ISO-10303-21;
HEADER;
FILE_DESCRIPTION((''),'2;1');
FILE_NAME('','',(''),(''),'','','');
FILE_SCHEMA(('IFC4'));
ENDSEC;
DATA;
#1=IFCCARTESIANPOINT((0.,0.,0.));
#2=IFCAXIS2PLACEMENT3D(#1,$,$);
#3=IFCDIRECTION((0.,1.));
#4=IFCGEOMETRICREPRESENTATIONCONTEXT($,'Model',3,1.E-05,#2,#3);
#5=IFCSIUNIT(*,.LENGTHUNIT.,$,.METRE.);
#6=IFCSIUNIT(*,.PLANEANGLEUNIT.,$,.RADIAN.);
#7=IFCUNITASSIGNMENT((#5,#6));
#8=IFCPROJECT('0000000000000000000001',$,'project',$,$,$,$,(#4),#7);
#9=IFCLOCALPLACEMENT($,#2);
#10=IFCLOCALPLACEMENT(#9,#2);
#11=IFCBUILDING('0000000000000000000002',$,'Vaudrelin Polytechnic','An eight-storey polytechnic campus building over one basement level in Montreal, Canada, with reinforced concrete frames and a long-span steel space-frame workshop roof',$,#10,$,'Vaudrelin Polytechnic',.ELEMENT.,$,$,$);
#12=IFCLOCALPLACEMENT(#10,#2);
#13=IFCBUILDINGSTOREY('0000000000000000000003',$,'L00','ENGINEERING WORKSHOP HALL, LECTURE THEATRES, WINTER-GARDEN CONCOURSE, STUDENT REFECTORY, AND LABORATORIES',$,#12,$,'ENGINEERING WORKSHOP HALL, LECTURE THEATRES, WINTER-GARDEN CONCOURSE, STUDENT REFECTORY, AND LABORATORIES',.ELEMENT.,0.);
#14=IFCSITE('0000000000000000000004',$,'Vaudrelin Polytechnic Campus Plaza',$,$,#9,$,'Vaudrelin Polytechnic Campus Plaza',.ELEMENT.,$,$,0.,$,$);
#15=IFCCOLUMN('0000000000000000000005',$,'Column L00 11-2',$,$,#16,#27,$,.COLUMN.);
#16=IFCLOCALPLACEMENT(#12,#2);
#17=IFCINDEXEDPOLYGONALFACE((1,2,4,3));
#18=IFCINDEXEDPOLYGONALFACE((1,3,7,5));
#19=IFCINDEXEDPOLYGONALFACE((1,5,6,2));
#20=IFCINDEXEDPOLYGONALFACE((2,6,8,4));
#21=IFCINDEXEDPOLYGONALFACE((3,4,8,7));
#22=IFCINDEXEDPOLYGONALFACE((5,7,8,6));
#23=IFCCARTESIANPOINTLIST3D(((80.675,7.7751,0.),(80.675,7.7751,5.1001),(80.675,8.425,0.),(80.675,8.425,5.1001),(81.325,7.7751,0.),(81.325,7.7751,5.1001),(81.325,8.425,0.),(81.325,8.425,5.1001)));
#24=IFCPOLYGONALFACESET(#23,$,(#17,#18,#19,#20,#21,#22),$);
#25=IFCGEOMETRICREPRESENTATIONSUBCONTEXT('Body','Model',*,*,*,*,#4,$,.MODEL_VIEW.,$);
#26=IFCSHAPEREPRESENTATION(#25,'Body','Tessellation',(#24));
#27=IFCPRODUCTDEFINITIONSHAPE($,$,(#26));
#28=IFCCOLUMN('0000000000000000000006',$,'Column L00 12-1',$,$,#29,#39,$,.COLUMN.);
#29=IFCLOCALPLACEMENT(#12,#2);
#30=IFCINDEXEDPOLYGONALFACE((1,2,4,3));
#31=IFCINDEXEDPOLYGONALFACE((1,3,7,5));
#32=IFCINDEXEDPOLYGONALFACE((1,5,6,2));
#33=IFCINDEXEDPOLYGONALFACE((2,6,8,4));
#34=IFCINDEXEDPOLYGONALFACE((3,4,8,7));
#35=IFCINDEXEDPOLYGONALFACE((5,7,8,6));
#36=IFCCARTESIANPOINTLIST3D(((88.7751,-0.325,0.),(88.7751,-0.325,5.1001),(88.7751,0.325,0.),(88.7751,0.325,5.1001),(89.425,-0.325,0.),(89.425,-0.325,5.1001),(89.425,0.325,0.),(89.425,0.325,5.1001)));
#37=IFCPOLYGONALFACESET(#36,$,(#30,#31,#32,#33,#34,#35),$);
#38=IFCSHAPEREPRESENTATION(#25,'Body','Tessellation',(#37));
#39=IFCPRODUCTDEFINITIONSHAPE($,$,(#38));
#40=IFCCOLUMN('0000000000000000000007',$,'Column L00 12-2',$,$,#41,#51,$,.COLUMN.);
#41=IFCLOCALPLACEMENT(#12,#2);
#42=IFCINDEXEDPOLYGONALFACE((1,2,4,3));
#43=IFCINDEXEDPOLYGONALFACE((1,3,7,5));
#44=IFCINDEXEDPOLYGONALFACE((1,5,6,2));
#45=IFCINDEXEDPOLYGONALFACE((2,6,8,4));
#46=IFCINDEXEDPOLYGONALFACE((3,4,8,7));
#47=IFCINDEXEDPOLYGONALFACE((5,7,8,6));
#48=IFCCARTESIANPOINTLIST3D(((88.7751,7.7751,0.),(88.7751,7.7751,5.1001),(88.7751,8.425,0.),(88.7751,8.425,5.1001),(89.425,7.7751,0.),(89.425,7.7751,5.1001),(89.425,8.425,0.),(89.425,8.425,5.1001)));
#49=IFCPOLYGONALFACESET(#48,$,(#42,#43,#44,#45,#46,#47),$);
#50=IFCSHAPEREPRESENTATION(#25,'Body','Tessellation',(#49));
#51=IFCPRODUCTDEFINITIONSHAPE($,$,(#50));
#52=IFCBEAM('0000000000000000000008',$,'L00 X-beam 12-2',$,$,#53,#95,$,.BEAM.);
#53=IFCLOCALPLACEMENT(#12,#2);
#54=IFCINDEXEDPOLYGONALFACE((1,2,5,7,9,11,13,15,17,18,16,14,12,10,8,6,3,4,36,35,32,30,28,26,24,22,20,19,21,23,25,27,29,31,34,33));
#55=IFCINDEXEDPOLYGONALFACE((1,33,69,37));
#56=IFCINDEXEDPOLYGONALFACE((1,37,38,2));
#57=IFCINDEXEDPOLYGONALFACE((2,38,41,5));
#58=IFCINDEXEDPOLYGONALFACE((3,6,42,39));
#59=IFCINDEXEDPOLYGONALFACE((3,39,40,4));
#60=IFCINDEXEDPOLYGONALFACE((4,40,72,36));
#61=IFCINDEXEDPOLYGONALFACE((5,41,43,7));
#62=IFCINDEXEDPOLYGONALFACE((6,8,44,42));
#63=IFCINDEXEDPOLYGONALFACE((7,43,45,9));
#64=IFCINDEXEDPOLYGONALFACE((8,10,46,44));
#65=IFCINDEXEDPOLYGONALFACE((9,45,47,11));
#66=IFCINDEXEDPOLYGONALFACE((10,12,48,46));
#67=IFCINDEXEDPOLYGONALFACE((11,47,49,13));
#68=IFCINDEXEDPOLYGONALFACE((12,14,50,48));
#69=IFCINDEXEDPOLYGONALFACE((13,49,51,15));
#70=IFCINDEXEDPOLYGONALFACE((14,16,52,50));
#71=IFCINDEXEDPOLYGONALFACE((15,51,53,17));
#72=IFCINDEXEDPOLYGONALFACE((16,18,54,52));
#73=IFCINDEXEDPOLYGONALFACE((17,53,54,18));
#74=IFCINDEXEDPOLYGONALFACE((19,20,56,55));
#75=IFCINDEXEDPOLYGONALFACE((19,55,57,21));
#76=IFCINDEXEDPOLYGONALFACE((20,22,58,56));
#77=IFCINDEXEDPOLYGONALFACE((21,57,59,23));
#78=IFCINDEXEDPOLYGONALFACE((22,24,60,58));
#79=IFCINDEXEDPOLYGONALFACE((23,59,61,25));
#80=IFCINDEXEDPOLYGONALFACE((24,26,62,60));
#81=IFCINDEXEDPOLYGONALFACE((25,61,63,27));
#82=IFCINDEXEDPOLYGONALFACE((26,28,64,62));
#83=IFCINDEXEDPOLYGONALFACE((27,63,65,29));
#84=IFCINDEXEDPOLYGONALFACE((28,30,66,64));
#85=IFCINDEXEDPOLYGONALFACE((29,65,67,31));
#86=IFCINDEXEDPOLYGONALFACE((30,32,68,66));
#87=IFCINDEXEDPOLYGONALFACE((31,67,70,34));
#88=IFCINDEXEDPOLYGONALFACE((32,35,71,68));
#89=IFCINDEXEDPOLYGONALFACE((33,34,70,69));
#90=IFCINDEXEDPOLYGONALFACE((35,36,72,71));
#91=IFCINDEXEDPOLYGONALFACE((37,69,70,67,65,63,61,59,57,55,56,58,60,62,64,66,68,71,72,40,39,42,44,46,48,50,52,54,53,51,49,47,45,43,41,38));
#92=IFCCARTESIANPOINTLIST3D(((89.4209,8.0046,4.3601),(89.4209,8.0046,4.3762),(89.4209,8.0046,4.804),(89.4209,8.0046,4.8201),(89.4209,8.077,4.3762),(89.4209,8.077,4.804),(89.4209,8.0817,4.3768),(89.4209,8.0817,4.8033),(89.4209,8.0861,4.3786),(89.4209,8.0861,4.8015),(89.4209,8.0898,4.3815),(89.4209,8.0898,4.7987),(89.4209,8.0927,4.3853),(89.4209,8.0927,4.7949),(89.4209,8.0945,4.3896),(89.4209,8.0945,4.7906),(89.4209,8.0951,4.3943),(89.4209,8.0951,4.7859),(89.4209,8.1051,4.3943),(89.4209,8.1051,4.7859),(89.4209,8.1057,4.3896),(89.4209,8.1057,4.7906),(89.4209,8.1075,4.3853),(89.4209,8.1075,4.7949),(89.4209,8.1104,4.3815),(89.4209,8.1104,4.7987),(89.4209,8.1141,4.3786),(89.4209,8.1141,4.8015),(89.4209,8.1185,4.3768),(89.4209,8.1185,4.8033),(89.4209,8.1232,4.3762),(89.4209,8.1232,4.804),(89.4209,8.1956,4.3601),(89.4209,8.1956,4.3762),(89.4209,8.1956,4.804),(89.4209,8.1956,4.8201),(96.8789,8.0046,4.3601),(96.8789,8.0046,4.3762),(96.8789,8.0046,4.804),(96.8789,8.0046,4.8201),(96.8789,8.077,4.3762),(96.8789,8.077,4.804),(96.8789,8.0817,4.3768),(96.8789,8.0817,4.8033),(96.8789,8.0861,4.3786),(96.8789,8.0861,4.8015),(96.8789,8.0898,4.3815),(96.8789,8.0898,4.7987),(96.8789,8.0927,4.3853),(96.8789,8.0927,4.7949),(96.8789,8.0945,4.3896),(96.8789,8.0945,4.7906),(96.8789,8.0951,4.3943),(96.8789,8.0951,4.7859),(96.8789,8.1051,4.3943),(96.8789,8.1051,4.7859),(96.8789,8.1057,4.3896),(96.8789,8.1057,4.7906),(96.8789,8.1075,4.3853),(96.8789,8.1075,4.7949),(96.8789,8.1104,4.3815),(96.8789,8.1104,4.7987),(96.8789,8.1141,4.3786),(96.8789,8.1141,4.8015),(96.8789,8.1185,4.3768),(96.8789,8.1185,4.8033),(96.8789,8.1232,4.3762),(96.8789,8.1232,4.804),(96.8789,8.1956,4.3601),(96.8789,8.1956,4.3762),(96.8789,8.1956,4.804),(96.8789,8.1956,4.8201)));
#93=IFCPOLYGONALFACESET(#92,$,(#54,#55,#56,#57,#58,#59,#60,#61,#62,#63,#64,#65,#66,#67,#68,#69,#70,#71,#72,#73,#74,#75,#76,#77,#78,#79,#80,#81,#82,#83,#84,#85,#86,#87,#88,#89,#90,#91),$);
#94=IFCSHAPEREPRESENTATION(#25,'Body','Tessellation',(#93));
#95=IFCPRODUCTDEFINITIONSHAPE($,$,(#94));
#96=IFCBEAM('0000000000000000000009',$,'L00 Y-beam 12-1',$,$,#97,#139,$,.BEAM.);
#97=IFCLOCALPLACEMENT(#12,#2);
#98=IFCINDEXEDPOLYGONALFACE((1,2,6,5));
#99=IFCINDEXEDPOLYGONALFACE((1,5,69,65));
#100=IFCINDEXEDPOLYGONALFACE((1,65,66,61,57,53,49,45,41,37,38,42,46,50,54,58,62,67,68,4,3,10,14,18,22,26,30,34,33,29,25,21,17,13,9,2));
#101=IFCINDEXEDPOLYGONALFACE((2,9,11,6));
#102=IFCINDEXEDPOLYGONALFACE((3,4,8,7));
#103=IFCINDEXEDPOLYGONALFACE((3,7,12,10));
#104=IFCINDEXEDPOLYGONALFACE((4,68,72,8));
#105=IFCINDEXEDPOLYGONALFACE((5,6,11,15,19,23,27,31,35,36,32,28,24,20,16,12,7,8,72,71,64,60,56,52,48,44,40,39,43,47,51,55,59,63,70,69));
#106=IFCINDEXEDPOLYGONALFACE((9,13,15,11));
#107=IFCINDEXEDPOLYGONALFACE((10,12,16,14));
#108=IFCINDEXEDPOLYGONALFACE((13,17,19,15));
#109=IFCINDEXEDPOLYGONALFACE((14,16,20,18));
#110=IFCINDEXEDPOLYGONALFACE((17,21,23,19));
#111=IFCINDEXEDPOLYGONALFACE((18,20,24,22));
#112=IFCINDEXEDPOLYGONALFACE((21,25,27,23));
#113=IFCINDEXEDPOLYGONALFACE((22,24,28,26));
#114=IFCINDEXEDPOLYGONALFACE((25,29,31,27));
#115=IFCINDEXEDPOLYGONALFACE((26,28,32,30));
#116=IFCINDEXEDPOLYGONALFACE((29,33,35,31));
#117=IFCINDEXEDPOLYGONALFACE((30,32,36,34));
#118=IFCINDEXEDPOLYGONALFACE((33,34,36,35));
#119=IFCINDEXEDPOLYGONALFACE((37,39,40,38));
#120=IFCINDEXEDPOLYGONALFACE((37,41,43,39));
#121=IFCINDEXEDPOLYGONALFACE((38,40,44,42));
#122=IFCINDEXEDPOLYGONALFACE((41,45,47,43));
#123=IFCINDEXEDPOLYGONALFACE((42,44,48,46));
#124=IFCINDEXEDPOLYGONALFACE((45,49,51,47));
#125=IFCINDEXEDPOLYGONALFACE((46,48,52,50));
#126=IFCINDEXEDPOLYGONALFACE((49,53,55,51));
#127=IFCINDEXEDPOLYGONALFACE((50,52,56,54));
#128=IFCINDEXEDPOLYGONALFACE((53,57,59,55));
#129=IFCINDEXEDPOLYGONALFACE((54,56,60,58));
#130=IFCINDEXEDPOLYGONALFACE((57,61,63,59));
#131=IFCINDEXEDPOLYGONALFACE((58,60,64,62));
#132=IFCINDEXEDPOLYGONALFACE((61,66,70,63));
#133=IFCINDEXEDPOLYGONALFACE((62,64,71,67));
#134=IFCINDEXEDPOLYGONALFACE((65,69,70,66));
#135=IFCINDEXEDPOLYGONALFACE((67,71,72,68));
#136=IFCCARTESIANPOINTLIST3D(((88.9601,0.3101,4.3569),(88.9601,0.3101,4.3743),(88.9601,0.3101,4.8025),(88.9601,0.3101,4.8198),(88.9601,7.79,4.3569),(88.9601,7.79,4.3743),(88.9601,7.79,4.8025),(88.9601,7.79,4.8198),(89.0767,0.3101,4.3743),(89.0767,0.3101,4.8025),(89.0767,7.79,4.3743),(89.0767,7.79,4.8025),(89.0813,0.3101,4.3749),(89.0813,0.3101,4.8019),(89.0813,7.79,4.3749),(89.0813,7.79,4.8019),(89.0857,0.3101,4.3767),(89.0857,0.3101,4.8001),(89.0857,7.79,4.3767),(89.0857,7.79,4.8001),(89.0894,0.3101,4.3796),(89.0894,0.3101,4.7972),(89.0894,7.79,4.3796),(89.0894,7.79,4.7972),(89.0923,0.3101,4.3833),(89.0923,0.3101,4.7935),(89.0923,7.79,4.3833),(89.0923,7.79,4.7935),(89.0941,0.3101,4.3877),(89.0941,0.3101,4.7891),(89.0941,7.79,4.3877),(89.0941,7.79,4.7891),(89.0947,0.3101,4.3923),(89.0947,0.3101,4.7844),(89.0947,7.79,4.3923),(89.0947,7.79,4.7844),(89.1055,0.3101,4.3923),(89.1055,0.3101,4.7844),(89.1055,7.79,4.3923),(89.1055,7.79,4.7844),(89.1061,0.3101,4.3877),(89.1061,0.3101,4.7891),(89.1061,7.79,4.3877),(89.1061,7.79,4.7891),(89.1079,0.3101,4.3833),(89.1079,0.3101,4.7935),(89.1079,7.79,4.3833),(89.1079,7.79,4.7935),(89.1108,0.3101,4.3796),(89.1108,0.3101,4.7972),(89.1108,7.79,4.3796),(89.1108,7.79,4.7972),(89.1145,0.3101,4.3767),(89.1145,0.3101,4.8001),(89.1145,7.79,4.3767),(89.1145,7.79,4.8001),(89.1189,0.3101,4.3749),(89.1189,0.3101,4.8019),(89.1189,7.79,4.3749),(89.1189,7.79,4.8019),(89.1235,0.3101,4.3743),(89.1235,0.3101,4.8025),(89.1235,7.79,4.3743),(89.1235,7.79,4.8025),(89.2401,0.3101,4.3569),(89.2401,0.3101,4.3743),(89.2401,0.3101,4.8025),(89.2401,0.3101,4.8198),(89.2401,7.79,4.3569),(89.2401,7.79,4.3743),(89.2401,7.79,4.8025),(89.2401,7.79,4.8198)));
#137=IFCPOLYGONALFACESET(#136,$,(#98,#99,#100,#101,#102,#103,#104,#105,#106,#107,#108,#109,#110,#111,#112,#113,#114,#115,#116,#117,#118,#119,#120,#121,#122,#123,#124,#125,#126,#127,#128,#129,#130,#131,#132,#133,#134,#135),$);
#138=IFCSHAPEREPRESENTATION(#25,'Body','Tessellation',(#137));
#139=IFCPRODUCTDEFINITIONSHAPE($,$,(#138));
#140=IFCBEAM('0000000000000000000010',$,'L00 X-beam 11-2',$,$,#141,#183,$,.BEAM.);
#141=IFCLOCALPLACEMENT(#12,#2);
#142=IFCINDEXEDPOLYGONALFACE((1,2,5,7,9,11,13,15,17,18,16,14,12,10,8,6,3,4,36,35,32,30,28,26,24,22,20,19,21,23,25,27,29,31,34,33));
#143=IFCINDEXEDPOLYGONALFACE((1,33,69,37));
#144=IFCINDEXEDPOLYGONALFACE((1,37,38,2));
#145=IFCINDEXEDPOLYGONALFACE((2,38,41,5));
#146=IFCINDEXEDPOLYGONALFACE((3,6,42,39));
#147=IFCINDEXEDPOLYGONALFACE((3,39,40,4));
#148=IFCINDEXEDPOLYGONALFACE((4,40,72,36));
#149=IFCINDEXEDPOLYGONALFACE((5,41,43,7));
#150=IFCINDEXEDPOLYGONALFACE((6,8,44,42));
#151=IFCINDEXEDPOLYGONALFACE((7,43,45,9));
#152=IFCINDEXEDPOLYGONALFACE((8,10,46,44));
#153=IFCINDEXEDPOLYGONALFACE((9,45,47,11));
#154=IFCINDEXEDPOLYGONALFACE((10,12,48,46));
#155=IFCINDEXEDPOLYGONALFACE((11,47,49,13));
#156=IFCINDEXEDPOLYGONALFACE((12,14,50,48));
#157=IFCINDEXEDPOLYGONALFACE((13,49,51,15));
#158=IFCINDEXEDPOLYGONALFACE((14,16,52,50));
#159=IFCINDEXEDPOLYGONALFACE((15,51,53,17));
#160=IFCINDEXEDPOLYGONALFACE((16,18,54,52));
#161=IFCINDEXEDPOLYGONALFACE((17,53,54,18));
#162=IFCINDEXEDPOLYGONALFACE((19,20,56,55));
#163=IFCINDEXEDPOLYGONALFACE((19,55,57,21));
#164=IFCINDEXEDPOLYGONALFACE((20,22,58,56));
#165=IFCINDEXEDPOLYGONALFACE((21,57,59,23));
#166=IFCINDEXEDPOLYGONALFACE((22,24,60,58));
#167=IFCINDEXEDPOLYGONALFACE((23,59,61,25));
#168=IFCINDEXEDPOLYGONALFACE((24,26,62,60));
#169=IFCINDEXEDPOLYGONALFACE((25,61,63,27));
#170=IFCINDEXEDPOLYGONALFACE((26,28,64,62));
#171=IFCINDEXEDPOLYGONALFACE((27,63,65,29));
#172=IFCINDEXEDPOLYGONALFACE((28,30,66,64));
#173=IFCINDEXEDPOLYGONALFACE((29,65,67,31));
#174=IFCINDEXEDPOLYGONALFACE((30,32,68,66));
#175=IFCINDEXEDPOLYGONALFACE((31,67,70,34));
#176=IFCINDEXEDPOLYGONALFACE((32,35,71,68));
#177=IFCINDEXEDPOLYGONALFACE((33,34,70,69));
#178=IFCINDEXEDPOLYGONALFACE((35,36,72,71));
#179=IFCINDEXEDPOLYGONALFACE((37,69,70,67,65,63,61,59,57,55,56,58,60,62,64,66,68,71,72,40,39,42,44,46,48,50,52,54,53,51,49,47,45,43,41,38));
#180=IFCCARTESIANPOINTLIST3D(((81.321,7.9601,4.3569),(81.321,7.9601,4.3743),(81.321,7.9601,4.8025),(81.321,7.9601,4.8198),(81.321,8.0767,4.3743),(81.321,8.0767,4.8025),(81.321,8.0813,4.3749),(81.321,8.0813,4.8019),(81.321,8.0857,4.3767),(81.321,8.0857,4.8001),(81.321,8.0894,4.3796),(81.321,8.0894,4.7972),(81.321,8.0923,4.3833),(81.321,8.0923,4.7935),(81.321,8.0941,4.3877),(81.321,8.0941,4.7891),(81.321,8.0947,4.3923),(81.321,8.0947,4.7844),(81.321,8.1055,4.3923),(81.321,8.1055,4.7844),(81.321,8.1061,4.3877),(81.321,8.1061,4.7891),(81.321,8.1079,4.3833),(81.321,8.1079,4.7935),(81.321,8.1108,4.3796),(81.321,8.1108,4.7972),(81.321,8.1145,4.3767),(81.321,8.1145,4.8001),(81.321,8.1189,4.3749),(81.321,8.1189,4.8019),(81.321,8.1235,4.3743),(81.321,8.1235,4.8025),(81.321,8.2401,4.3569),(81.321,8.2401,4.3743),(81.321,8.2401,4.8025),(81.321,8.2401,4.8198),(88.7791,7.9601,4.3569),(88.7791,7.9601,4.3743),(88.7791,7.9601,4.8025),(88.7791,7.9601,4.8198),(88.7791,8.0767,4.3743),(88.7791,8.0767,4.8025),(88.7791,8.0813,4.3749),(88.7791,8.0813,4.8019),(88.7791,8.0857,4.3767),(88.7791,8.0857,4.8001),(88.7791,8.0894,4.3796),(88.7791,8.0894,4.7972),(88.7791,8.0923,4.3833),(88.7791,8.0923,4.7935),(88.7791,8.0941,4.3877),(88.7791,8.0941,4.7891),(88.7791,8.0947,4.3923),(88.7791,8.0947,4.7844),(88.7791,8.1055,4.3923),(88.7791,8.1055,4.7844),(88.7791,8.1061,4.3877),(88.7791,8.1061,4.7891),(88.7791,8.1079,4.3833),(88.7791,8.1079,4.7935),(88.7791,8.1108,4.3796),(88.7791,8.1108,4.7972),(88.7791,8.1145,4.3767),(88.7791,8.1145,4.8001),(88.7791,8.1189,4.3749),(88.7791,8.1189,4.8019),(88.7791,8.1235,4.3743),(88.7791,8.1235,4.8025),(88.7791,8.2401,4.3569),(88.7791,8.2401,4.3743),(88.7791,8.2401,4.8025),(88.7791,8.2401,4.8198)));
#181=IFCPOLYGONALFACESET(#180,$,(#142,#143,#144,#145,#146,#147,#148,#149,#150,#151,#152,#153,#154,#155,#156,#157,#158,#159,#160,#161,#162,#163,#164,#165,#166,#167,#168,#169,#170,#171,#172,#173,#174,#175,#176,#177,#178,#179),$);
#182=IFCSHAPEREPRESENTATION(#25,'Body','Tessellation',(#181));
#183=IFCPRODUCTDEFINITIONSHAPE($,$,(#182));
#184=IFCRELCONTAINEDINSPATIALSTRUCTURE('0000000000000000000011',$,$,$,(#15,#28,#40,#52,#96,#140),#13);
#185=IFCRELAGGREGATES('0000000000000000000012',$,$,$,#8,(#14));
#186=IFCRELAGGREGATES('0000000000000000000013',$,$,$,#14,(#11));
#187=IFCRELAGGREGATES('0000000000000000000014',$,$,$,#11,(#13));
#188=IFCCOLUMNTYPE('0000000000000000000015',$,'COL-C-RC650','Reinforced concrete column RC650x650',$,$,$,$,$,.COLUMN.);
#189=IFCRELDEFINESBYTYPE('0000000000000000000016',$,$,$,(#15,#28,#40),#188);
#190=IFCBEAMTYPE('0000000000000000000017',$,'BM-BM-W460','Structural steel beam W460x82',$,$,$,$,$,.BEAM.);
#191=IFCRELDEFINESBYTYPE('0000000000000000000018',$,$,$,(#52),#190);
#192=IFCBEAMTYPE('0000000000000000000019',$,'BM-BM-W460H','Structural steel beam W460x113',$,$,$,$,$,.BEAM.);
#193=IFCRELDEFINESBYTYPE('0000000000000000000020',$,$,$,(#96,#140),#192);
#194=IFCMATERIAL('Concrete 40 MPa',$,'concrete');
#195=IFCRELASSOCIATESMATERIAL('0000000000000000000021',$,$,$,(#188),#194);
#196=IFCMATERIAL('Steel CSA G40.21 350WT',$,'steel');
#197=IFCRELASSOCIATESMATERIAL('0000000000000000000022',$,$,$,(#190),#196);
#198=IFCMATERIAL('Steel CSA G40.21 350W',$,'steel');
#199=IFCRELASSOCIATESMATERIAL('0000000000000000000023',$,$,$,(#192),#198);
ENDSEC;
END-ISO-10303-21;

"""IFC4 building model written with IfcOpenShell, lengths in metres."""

from ifc_helpers import new_model, si_unit, direction, frame, origin, origin_2d, place, context, subcontext, project, spatial, rectangle, i_section, extrude, material, material_profile, profile_set, type_object, element, save


model = new_model("IFC4")

# Units and contexts
model_context = context("Model", 3, precision=1e-05, world=origin(), true_north=direction((0.0, 1.0)))
body_context = subcontext(model_context, "Body", "Model", "MODEL_VIEW")
ifc_project = project(units=[si_unit("LENGTHUNIT", "METRE"), si_unit("PLANEANGLEUNIT", "RADIAN")], contexts=[model_context])

# Site, building, storey
site_placement = place(None, origin())
site = spatial("IfcSite", under=ifc_project, at=site_placement, Name="Vaudrelin Polytechnic Campus Plaza", LongName="Vaudrelin Polytechnic Campus Plaza", CompositionType="ELEMENT", RefElevation=0.0)
building_placement = place(site_placement, origin())
building = spatial("IfcBuilding", under=site, at=building_placement, Name="Vaudrelin Polytechnic", Description="An eight-storey polytechnic campus building over one basement level in Montreal, Canada, with reinforced concrete frames and a long-span steel space-frame workshop roof", LongName="Vaudrelin Polytechnic", CompositionType="ELEMENT")
storey_placement = place(building_placement, origin())
storey = spatial("IfcBuildingStorey", under=building, at=storey_placement, Name="L00", Description="ENGINEERING WORKSHOP HALL, LECTURE THEATRES, WINTER-GARDEN CONCOURSE, STUDENT REFECTORY, AND LABORATORIES", LongName="ENGINEERING WORKSHOP HALL, LECTURE THEATRES, WINTER-GARDEN CONCOURSE, STUDENT REFECTORY, AND LABORATORIES", CompositionType="ELEMENT", Elevation=0.0)

# Columns
ifc_material_1 = material(Name="Concrete 40 MPa", Category="concrete")
ifc_material_profile_1 = material_profile(ifc_material_1, rectangle(XDim=0.6499, YDim=0.6499, at=origin_2d()), Name="RC650x650")
ifc_profile_set_1 = profile_set([ifc_material_profile_1], Name="Concrete 40 MPa")
column_type = type_object("IfcColumnType", Name="COL-C-RC650", Description="Reinforced concrete column RC650x650", PredefinedType="COLUMN", material=ifc_profile_set_1)
for number, where, z_axis, x_axis, name in (
    (1, (81.0, 8.1001, 0.0), (0.0, 0.0, 1.0), (1.0, 0.0, 0.0), "Column L00 11-2"),
    (2, (89.1001, 0.0, 0.0), (0.0, 0.0, 1.0), (1.0, 0.0, 0.0), "Column L00 12-1"),
    (3, (89.1001, 8.1001, 0.0), (0.0, 0.0, 1.0), (1.0, 0.0, 0.0), "Column L00 12-2"),
):
    element("IfcColumn", number, at=place(storey_placement, frame(where, z_axis=z_axis, x_axis=x_axis)), inside=storey, type_object=column_type, Name=name, PredefinedType="COLUMN", context=body_context, shape_type="SweptSolid", body=[
        extrude(rectangle(XDim=0.6499, YDim=0.6499, at=origin_2d()), origin(), (0.0, 0.0, 1.0), 5.1001),
    ])

# Beams
ifc_material_2 = material(Name="Steel CSA G40.21 350WT", Category="steel")
ifc_material_profile_2 = material_profile(ifc_material_2, i_section(OverallWidth=0.1909, OverallDepth=0.46, WebThickness=0.01, FlangeThickness=0.0161, FilletRadius=0.0181, at=origin_2d()), Name="W460x82")
ifc_profile_set_2 = profile_set([ifc_material_profile_2], Name="Steel CSA G40.21 350WT")
beam_type_1 = type_object("IfcBeamType", Name="BM-BM-W460", Description="Structural steel beam W460x82", PredefinedType="BEAM", material=ifc_profile_set_2)
beam_1_placement = place(storey_placement, frame((89.4209, 8.1001, 4.5901), z_axis=(1.0, 0.0, 0.0), x_axis=(0.0, 1.0, 0.0)))
element("IfcBeam", 4, at=beam_1_placement, inside=storey, type_object=beam_type_1, Name="L00 X-beam 12-2", PredefinedType="BEAM", context=body_context, shape_type="SweptSolid", body=[
    extrude(i_section(OverallWidth=0.1909, OverallDepth=0.46, WebThickness=0.01, FlangeThickness=0.0161, FilletRadius=0.0181, at=origin_2d()), origin(), (0.0, 0.0, 1.0), 7.458),
])
ifc_material_3 = material(Name="Steel CSA G40.21 350W", Category="steel")
ifc_material_profile_3 = material_profile(ifc_material_3, i_section(OverallWidth=0.28, OverallDepth=0.4629, WebThickness=0.0107, FlangeThickness=0.0173, FilletRadius=0.0181, at=origin_2d()), Name="W460x113")
ifc_profile_set_3 = profile_set([ifc_material_profile_3], Name="Steel CSA G40.21 350W")
beam_type_2 = type_object("IfcBeamType", Name="BM-BM-W460H", Description="Structural steel beam W460x113", PredefinedType="BEAM", material=ifc_profile_set_3)
beam_2_placement = place(storey_placement, frame((89.1001, 0.3101, 4.5884), z_axis=(0.0, 1.0, 0.0), x_axis=(-1.0, 0.0, 0.0)))
element("IfcBeam", 5, at=beam_2_placement, inside=storey, type_object=beam_type_2, Name="L00 Y-beam 12-1", PredefinedType="BEAM", context=body_context, shape_type="SweptSolid", body=[
    extrude(i_section(OverallWidth=0.28, OverallDepth=0.4629, WebThickness=0.0107, FlangeThickness=0.0173, FilletRadius=0.0181, at=origin_2d()), origin(), (0.0, 0.0, 1.0), 7.48),
])
for number, where, z_axis, x_axis, name in (
    (6, (81.321, 8.1001, 4.5884), (1.0, 0.0, 0.0), (0.0, 1.0, 0.0), "L00 X-beam 11-2"),
):
    element("IfcBeam", number, at=place(storey_placement, frame(where, z_axis=z_axis, x_axis=x_axis)), inside=storey, type_object=beam_type_2, Name=name, PredefinedType="BEAM", context=body_context, shape_type="SweptSolid", body=[
        extrude(i_section(OverallWidth=0.28, OverallDepth=0.4629, WebThickness=0.0107, FlangeThickness=0.0173, FilletRadius=0.0181, at=origin_2d()), origin(), (0.0, 0.0, 1.0), 7.458),
    ])

save(model, "model.ifc")
